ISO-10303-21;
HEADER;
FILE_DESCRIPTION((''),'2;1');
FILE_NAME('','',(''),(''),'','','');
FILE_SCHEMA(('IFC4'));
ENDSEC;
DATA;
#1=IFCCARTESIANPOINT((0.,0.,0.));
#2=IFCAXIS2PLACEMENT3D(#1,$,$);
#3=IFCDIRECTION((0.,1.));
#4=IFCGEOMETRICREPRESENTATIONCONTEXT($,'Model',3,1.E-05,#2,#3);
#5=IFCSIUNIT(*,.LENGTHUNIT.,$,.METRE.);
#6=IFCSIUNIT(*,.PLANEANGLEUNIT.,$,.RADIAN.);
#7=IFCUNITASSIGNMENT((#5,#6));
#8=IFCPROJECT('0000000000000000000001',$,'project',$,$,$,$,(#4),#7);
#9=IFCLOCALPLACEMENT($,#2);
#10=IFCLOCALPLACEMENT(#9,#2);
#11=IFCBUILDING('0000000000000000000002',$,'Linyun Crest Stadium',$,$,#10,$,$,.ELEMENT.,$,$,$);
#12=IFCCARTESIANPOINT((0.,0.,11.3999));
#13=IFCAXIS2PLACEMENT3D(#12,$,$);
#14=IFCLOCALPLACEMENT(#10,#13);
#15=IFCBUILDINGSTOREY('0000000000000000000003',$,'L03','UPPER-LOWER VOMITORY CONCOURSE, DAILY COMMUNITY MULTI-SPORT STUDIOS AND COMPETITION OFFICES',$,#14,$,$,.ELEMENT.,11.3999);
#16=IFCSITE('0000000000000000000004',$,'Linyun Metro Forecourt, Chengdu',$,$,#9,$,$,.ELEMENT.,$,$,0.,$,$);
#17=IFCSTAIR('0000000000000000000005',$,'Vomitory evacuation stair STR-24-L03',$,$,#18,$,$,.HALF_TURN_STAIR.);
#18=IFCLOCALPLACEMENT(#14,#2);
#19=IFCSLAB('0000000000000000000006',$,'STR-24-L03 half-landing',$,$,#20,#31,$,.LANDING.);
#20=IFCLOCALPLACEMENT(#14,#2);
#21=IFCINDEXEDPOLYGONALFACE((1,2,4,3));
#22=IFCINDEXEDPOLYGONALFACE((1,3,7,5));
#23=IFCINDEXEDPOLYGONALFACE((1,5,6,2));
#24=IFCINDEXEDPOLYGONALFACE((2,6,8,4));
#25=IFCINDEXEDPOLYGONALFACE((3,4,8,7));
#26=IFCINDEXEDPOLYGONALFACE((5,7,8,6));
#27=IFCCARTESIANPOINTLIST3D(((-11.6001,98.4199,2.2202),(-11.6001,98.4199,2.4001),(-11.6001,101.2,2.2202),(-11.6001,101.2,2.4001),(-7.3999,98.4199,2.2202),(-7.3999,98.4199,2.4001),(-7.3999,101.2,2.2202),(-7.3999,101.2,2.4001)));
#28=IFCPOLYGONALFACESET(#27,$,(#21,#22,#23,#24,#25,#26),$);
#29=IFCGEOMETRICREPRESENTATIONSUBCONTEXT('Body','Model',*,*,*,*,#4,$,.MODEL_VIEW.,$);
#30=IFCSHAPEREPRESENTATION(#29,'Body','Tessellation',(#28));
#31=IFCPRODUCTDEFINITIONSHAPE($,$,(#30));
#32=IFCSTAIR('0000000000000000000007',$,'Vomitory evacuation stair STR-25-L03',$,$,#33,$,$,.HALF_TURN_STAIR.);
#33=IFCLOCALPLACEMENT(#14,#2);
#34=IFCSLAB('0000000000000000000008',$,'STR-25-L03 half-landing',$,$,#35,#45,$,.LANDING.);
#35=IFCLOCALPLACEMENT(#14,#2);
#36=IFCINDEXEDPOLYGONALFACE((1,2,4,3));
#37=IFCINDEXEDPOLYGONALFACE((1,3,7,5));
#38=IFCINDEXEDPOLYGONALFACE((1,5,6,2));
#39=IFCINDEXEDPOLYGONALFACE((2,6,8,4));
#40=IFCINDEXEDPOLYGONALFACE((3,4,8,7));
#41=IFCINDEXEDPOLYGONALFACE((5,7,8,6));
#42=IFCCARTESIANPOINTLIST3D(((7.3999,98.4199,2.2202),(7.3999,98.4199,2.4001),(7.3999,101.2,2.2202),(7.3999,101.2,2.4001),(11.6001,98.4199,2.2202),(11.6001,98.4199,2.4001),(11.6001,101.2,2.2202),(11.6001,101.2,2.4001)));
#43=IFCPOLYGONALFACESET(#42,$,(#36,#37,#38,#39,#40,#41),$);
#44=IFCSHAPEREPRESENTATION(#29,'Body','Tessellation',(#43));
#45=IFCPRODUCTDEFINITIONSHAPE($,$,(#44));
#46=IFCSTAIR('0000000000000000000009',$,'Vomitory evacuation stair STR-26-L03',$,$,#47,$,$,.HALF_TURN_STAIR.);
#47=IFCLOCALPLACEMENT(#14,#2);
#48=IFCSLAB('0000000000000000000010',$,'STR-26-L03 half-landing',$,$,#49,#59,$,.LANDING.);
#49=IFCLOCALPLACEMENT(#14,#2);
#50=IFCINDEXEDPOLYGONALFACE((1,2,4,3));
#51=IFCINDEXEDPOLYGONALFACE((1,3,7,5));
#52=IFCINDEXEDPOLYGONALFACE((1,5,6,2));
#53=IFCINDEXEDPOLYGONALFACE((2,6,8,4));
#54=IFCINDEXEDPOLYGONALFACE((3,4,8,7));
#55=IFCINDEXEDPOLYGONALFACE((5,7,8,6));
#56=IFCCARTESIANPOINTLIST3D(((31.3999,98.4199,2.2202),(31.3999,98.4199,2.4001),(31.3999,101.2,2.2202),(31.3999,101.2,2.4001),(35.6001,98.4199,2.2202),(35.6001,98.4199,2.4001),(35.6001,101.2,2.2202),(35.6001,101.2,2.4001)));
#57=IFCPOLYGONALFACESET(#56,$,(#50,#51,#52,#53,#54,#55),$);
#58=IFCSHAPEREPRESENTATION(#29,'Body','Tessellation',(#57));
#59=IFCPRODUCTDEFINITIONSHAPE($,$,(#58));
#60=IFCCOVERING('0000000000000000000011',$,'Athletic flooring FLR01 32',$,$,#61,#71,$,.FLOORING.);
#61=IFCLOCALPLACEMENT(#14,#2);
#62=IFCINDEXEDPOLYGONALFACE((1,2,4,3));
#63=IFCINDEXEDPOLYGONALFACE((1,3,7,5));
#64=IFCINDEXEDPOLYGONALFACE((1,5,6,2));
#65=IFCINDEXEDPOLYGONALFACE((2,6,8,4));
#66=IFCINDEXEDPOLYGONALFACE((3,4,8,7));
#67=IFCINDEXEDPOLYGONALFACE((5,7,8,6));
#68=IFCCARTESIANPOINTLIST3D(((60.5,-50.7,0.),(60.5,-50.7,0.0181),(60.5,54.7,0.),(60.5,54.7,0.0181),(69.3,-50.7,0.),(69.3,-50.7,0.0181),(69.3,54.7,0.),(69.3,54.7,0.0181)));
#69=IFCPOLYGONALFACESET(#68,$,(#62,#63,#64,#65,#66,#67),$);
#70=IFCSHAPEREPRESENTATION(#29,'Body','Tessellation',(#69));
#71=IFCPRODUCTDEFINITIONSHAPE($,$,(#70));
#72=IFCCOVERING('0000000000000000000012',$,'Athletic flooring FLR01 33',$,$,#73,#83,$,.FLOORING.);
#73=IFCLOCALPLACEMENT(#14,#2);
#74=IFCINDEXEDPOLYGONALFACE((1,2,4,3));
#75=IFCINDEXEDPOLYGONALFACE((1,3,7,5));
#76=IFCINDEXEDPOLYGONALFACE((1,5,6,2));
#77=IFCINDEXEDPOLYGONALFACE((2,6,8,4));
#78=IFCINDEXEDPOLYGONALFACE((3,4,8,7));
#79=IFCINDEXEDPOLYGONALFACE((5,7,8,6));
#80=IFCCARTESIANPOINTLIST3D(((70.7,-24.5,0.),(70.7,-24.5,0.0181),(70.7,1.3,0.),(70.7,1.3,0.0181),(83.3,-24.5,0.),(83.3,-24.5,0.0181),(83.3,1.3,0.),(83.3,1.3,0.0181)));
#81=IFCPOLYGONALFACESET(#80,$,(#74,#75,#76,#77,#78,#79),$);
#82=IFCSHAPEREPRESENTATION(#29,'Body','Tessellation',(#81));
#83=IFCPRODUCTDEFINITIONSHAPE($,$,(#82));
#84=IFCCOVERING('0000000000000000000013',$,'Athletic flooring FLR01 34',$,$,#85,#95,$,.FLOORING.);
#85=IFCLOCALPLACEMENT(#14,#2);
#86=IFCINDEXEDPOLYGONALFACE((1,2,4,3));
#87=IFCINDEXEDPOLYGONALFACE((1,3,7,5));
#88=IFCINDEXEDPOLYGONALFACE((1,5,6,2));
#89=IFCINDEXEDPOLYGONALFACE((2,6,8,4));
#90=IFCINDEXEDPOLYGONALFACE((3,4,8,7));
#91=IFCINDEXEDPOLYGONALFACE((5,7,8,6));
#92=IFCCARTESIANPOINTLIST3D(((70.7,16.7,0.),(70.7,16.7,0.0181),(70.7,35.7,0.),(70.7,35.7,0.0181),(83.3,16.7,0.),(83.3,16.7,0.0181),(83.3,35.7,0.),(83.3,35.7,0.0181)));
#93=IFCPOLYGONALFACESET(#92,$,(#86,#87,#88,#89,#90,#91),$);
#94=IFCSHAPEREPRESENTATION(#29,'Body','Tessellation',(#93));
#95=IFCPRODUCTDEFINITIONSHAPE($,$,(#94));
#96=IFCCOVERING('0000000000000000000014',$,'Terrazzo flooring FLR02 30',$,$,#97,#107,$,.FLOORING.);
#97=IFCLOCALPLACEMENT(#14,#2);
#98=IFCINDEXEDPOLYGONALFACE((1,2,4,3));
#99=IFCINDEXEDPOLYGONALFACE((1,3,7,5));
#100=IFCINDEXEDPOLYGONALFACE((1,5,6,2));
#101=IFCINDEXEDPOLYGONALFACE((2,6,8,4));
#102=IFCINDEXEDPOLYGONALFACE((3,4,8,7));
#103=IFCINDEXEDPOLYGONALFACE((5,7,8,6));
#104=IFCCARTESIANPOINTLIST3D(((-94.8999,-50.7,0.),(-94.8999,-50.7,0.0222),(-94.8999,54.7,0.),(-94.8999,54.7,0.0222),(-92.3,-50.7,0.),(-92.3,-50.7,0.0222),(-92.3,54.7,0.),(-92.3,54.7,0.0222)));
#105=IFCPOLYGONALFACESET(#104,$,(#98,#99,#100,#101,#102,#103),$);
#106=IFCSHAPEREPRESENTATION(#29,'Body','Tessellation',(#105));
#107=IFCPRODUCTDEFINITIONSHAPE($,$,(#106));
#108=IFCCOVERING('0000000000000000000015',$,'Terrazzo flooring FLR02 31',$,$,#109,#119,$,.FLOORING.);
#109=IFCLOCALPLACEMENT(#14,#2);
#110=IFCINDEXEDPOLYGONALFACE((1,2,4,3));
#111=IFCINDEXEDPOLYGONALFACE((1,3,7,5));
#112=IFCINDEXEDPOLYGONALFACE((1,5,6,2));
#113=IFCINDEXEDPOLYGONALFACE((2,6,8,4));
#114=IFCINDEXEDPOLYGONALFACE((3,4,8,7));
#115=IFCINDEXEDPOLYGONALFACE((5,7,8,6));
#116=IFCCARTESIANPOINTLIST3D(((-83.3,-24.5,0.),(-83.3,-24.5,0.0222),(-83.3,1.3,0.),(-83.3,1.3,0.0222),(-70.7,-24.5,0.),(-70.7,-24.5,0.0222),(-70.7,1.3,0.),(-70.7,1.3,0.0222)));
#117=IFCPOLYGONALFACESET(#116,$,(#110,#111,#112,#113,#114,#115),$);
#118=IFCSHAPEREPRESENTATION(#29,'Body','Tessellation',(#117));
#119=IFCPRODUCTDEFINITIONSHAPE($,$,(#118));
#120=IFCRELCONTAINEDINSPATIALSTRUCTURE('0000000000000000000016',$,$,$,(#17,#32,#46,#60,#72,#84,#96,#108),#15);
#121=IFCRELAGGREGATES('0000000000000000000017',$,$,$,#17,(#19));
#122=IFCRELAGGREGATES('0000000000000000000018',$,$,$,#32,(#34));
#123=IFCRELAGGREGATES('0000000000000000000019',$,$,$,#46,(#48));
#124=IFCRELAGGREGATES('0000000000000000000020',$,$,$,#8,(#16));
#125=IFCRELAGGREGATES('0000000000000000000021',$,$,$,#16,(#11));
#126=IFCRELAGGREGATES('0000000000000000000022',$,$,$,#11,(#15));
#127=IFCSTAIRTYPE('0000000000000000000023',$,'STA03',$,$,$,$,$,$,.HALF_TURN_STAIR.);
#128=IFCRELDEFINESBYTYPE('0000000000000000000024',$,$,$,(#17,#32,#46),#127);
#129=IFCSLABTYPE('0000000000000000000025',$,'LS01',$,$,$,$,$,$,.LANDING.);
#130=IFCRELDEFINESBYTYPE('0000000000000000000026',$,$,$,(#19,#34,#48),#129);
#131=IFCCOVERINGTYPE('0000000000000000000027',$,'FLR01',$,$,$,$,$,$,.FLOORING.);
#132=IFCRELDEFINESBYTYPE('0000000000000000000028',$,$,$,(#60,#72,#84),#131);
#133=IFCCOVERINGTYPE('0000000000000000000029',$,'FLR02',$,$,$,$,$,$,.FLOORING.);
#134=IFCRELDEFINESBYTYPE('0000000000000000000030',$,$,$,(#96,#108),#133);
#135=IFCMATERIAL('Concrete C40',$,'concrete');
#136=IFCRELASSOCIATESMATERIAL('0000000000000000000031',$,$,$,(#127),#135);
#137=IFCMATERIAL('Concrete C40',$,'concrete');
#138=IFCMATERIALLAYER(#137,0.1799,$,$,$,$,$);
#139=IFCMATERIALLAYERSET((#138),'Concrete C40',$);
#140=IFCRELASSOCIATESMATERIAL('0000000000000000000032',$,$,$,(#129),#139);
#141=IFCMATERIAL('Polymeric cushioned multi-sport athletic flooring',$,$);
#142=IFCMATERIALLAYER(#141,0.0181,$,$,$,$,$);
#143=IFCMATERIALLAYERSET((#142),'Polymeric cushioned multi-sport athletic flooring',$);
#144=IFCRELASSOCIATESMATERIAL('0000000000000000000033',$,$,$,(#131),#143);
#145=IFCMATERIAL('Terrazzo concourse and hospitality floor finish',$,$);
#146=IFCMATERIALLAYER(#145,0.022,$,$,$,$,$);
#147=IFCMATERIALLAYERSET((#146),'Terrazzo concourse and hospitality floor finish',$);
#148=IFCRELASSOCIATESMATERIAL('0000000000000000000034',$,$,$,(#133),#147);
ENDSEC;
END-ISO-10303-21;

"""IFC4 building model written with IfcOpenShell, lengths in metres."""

from ifc_helpers import new_model, si_unit, direction, frame, origin, place, context, subcontext, project, spatial, polyline, outline, extrude, material, layer, layer_set, type_object, element, aggregate, save


model = new_model("IFC4")

# Units and contexts
model_context = context("Model", 3, precision=1e-05, world=origin(), true_north=direction((0.0, 1.0)))
body_context = subcontext(model_context, "Body", "Model", "MODEL_VIEW")
ifc_project = project(units=[si_unit("LENGTHUNIT", "METRE"), si_unit("PLANEANGLEUNIT", "RADIAN")], contexts=[model_context])

# Site, building, storey
site_placement = place(None, origin())
site = spatial("IfcSite", under=ifc_project, at=site_placement, Name="Linyun Metro Forecourt, Chengdu", CompositionType="ELEMENT", RefElevation=0.0)
building_placement = place(site_placement, origin())
building = spatial("IfcBuilding", under=site, at=building_placement, Name="Linyun Crest Stadium", CompositionType="ELEMENT")
storey_placement = place(building_placement, frame((0.0, 0.0, 11.3999)))
storey = spatial("IfcBuildingStorey", under=building, at=storey_placement, Name="L03", Description="UPPER-LOWER VOMITORY CONCOURSE, DAILY COMMUNITY MULTI-SPORT STUDIOS AND COMPETITION OFFICES", CompositionType="ELEMENT", Elevation=11.3999)

# Stairs, slabs
ifc_material_1 = material(Name="Concrete C40", Category="concrete")
stair_type = type_object("IfcStairType", Name="STA03", PredefinedType="HALF_TURN_STAIR", material=ifc_material_1)
ifc_material_2 = material(Name="Concrete C40", Category="concrete")
ifc_layer_1 = layer(ifc_material_2, 0.1799)
ifc_layer_set_1 = layer_set([ifc_layer_1], Name="Concrete C40")
slab_type = type_object("IfcSlabType", Name="LS01", PredefinedType="LANDING", material=ifc_layer_set_1)
stair_1_placement = place(storey_placement, origin())
stair_1 = element("IfcStair", 1, at=stair_1_placement, inside=storey, type_object=stair_type, Name="Vomitory evacuation stair STR-24-L03", PredefinedType="HALF_TURN_STAIR")
slab_1_placement = place(storey_placement, frame((0.0, 0.0, 2.2202)))
slab_1 = element("IfcSlab", 2, at=slab_1_placement, type_object=slab_type, Name="STR-24-L03 half-landing", PredefinedType="LANDING", context=body_context, shape_type="SweptSolid", body=[
    extrude(outline(polyline([(-11.6001, 98.4199), (-7.3999, 98.4199), (-7.3999, 101.2), (-11.6001, 101.2), (-11.6001, 98.4199)])), origin(), (0.0, 0.0, 1.0), 0.1799),
])
aggregate(stair_1, [slab_1])
stair_2_placement = place(storey_placement, origin())
stair_2 = element("IfcStair", 3, at=stair_2_placement, inside=storey, type_object=stair_type, Name="Vomitory evacuation stair STR-25-L03", PredefinedType="HALF_TURN_STAIR")
slab_2_placement = place(storey_placement, frame((0.0, 0.0, 2.2202)))
slab_2 = element("IfcSlab", 4, at=slab_2_placement, type_object=slab_type, Name="STR-25-L03 half-landing", PredefinedType="LANDING", context=body_context, shape_type="SweptSolid", body=[
    extrude(outline(polyline([(7.3999, 98.4199), (11.6001, 98.4199), (11.6001, 101.2), (7.3999, 101.2), (7.3999, 98.4199)])), origin(), (0.0, 0.0, 1.0), 0.1799),
])
aggregate(stair_2, [slab_2])
stair_3_placement = place(storey_placement, origin())
stair_3 = element("IfcStair", 5, at=stair_3_placement, inside=storey, type_object=stair_type, Name="Vomitory evacuation stair STR-26-L03", PredefinedType="HALF_TURN_STAIR")
slab_3_placement = place(storey_placement, frame((0.0, 0.0, 2.2202)))
slab_3 = element("IfcSlab", 6, at=slab_3_placement, type_object=slab_type, Name="STR-26-L03 half-landing", PredefinedType="LANDING", context=body_context, shape_type="SweptSolid", body=[
    extrude(outline(polyline([(31.3999, 98.4199), (35.6001, 98.4199), (35.6001, 101.2), (31.3999, 101.2), (31.3999, 98.4199)])), origin(), (0.0, 0.0, 1.0), 0.1799),
])
aggregate(stair_3, [slab_3])

# Coverings
ifc_material_3 = material(Name="Polymeric cushioned multi-sport athletic flooring")
ifc_layer_2 = layer(ifc_material_3, 0.0181)
ifc_layer_set_2 = layer_set([ifc_layer_2], Name="Polymeric cushioned multi-sport athletic flooring")
covering_type_1 = type_object("IfcCoveringType", Name="FLR01", PredefinedType="FLOORING", material=ifc_layer_set_2)
covering_1_placement = place(storey_placement, origin())
element("IfcCovering", 7, at=covering_1_placement, inside=storey, type_object=covering_type_1, Name="Athletic flooring FLR01 32", PredefinedType="FLOORING", context=body_context, shape_type="SweptSolid", body=[
    extrude(outline(polyline([(60.5, -50.7), (69.3, -50.7), (69.3, 54.7), (60.5, 54.7), (60.5, -50.7)])), origin(), (0.0, 0.0, 1.0), 0.0181),
])
covering_2_placement = place(storey_placement, origin())
element("IfcCovering", 8, at=covering_2_placement, inside=storey, type_object=covering_type_1, Name="Athletic flooring FLR01 33", PredefinedType="FLOORING", context=body_context, shape_type="SweptSolid", body=[
    extrude(outline(polyline([(70.7, -24.5), (83.3, -24.5), (83.3, 1.3), (70.7, 1.3), (70.7, -24.5)])), origin(), (0.0, 0.0, 1.0), 0.0181),
])
covering_3_placement = place(storey_placement, origin())
element("IfcCovering", 9, at=covering_3_placement, inside=storey, type_object=covering_type_1, Name="Athletic flooring FLR01 34", PredefinedType="FLOORING", context=body_context, shape_type="SweptSolid", body=[
    extrude(outline(polyline([(70.7, 16.7), (83.3, 16.7), (83.3, 35.7), (70.7, 35.7), (70.7, 16.7)])), origin(), (0.0, 0.0, 1.0), 0.0181),
])
ifc_material_4 = material(Name="Terrazzo concourse and hospitality floor finish")
ifc_layer_3 = layer(ifc_material_4, 0.022)
ifc_layer_set_3 = layer_set([ifc_layer_3], Name="Terrazzo concourse and hospitality floor finish")
covering_type_2 = type_object("IfcCoveringType", Name="FLR02", PredefinedType="FLOORING", material=ifc_layer_set_3)
covering_4_placement = place(storey_placement, origin())
element("IfcCovering", 10, at=covering_4_placement, inside=storey, type_object=covering_type_2, Name="Terrazzo flooring FLR02 30", PredefinedType="FLOORING", context=body_context, shape_type="SweptSolid", body=[
    extrude(outline(polyline([(-94.8999, -50.7), (-92.3, -50.7), (-92.3, 54.7), (-94.8999, 54.7), (-94.8999, -50.7)])), origin(), (0.0, 0.0, 1.0), 0.0222),
])
covering_5_placement = place(storey_placement, origin())
element("IfcCovering", 11, at=covering_5_placement, inside=storey, type_object=covering_type_2, Name="Terrazzo flooring FLR02 31", PredefinedType="FLOORING", context=body_context, shape_type="SweptSolid", body=[
    extrude(outline(polyline([(-83.3, -24.5), (-70.7, -24.5), (-70.7, 1.3), (-83.3, 1.3), (-83.3, -24.5)])), origin(), (0.0, 0.0, 1.0), 0.0222),
])

save(model, "model.ifc")
